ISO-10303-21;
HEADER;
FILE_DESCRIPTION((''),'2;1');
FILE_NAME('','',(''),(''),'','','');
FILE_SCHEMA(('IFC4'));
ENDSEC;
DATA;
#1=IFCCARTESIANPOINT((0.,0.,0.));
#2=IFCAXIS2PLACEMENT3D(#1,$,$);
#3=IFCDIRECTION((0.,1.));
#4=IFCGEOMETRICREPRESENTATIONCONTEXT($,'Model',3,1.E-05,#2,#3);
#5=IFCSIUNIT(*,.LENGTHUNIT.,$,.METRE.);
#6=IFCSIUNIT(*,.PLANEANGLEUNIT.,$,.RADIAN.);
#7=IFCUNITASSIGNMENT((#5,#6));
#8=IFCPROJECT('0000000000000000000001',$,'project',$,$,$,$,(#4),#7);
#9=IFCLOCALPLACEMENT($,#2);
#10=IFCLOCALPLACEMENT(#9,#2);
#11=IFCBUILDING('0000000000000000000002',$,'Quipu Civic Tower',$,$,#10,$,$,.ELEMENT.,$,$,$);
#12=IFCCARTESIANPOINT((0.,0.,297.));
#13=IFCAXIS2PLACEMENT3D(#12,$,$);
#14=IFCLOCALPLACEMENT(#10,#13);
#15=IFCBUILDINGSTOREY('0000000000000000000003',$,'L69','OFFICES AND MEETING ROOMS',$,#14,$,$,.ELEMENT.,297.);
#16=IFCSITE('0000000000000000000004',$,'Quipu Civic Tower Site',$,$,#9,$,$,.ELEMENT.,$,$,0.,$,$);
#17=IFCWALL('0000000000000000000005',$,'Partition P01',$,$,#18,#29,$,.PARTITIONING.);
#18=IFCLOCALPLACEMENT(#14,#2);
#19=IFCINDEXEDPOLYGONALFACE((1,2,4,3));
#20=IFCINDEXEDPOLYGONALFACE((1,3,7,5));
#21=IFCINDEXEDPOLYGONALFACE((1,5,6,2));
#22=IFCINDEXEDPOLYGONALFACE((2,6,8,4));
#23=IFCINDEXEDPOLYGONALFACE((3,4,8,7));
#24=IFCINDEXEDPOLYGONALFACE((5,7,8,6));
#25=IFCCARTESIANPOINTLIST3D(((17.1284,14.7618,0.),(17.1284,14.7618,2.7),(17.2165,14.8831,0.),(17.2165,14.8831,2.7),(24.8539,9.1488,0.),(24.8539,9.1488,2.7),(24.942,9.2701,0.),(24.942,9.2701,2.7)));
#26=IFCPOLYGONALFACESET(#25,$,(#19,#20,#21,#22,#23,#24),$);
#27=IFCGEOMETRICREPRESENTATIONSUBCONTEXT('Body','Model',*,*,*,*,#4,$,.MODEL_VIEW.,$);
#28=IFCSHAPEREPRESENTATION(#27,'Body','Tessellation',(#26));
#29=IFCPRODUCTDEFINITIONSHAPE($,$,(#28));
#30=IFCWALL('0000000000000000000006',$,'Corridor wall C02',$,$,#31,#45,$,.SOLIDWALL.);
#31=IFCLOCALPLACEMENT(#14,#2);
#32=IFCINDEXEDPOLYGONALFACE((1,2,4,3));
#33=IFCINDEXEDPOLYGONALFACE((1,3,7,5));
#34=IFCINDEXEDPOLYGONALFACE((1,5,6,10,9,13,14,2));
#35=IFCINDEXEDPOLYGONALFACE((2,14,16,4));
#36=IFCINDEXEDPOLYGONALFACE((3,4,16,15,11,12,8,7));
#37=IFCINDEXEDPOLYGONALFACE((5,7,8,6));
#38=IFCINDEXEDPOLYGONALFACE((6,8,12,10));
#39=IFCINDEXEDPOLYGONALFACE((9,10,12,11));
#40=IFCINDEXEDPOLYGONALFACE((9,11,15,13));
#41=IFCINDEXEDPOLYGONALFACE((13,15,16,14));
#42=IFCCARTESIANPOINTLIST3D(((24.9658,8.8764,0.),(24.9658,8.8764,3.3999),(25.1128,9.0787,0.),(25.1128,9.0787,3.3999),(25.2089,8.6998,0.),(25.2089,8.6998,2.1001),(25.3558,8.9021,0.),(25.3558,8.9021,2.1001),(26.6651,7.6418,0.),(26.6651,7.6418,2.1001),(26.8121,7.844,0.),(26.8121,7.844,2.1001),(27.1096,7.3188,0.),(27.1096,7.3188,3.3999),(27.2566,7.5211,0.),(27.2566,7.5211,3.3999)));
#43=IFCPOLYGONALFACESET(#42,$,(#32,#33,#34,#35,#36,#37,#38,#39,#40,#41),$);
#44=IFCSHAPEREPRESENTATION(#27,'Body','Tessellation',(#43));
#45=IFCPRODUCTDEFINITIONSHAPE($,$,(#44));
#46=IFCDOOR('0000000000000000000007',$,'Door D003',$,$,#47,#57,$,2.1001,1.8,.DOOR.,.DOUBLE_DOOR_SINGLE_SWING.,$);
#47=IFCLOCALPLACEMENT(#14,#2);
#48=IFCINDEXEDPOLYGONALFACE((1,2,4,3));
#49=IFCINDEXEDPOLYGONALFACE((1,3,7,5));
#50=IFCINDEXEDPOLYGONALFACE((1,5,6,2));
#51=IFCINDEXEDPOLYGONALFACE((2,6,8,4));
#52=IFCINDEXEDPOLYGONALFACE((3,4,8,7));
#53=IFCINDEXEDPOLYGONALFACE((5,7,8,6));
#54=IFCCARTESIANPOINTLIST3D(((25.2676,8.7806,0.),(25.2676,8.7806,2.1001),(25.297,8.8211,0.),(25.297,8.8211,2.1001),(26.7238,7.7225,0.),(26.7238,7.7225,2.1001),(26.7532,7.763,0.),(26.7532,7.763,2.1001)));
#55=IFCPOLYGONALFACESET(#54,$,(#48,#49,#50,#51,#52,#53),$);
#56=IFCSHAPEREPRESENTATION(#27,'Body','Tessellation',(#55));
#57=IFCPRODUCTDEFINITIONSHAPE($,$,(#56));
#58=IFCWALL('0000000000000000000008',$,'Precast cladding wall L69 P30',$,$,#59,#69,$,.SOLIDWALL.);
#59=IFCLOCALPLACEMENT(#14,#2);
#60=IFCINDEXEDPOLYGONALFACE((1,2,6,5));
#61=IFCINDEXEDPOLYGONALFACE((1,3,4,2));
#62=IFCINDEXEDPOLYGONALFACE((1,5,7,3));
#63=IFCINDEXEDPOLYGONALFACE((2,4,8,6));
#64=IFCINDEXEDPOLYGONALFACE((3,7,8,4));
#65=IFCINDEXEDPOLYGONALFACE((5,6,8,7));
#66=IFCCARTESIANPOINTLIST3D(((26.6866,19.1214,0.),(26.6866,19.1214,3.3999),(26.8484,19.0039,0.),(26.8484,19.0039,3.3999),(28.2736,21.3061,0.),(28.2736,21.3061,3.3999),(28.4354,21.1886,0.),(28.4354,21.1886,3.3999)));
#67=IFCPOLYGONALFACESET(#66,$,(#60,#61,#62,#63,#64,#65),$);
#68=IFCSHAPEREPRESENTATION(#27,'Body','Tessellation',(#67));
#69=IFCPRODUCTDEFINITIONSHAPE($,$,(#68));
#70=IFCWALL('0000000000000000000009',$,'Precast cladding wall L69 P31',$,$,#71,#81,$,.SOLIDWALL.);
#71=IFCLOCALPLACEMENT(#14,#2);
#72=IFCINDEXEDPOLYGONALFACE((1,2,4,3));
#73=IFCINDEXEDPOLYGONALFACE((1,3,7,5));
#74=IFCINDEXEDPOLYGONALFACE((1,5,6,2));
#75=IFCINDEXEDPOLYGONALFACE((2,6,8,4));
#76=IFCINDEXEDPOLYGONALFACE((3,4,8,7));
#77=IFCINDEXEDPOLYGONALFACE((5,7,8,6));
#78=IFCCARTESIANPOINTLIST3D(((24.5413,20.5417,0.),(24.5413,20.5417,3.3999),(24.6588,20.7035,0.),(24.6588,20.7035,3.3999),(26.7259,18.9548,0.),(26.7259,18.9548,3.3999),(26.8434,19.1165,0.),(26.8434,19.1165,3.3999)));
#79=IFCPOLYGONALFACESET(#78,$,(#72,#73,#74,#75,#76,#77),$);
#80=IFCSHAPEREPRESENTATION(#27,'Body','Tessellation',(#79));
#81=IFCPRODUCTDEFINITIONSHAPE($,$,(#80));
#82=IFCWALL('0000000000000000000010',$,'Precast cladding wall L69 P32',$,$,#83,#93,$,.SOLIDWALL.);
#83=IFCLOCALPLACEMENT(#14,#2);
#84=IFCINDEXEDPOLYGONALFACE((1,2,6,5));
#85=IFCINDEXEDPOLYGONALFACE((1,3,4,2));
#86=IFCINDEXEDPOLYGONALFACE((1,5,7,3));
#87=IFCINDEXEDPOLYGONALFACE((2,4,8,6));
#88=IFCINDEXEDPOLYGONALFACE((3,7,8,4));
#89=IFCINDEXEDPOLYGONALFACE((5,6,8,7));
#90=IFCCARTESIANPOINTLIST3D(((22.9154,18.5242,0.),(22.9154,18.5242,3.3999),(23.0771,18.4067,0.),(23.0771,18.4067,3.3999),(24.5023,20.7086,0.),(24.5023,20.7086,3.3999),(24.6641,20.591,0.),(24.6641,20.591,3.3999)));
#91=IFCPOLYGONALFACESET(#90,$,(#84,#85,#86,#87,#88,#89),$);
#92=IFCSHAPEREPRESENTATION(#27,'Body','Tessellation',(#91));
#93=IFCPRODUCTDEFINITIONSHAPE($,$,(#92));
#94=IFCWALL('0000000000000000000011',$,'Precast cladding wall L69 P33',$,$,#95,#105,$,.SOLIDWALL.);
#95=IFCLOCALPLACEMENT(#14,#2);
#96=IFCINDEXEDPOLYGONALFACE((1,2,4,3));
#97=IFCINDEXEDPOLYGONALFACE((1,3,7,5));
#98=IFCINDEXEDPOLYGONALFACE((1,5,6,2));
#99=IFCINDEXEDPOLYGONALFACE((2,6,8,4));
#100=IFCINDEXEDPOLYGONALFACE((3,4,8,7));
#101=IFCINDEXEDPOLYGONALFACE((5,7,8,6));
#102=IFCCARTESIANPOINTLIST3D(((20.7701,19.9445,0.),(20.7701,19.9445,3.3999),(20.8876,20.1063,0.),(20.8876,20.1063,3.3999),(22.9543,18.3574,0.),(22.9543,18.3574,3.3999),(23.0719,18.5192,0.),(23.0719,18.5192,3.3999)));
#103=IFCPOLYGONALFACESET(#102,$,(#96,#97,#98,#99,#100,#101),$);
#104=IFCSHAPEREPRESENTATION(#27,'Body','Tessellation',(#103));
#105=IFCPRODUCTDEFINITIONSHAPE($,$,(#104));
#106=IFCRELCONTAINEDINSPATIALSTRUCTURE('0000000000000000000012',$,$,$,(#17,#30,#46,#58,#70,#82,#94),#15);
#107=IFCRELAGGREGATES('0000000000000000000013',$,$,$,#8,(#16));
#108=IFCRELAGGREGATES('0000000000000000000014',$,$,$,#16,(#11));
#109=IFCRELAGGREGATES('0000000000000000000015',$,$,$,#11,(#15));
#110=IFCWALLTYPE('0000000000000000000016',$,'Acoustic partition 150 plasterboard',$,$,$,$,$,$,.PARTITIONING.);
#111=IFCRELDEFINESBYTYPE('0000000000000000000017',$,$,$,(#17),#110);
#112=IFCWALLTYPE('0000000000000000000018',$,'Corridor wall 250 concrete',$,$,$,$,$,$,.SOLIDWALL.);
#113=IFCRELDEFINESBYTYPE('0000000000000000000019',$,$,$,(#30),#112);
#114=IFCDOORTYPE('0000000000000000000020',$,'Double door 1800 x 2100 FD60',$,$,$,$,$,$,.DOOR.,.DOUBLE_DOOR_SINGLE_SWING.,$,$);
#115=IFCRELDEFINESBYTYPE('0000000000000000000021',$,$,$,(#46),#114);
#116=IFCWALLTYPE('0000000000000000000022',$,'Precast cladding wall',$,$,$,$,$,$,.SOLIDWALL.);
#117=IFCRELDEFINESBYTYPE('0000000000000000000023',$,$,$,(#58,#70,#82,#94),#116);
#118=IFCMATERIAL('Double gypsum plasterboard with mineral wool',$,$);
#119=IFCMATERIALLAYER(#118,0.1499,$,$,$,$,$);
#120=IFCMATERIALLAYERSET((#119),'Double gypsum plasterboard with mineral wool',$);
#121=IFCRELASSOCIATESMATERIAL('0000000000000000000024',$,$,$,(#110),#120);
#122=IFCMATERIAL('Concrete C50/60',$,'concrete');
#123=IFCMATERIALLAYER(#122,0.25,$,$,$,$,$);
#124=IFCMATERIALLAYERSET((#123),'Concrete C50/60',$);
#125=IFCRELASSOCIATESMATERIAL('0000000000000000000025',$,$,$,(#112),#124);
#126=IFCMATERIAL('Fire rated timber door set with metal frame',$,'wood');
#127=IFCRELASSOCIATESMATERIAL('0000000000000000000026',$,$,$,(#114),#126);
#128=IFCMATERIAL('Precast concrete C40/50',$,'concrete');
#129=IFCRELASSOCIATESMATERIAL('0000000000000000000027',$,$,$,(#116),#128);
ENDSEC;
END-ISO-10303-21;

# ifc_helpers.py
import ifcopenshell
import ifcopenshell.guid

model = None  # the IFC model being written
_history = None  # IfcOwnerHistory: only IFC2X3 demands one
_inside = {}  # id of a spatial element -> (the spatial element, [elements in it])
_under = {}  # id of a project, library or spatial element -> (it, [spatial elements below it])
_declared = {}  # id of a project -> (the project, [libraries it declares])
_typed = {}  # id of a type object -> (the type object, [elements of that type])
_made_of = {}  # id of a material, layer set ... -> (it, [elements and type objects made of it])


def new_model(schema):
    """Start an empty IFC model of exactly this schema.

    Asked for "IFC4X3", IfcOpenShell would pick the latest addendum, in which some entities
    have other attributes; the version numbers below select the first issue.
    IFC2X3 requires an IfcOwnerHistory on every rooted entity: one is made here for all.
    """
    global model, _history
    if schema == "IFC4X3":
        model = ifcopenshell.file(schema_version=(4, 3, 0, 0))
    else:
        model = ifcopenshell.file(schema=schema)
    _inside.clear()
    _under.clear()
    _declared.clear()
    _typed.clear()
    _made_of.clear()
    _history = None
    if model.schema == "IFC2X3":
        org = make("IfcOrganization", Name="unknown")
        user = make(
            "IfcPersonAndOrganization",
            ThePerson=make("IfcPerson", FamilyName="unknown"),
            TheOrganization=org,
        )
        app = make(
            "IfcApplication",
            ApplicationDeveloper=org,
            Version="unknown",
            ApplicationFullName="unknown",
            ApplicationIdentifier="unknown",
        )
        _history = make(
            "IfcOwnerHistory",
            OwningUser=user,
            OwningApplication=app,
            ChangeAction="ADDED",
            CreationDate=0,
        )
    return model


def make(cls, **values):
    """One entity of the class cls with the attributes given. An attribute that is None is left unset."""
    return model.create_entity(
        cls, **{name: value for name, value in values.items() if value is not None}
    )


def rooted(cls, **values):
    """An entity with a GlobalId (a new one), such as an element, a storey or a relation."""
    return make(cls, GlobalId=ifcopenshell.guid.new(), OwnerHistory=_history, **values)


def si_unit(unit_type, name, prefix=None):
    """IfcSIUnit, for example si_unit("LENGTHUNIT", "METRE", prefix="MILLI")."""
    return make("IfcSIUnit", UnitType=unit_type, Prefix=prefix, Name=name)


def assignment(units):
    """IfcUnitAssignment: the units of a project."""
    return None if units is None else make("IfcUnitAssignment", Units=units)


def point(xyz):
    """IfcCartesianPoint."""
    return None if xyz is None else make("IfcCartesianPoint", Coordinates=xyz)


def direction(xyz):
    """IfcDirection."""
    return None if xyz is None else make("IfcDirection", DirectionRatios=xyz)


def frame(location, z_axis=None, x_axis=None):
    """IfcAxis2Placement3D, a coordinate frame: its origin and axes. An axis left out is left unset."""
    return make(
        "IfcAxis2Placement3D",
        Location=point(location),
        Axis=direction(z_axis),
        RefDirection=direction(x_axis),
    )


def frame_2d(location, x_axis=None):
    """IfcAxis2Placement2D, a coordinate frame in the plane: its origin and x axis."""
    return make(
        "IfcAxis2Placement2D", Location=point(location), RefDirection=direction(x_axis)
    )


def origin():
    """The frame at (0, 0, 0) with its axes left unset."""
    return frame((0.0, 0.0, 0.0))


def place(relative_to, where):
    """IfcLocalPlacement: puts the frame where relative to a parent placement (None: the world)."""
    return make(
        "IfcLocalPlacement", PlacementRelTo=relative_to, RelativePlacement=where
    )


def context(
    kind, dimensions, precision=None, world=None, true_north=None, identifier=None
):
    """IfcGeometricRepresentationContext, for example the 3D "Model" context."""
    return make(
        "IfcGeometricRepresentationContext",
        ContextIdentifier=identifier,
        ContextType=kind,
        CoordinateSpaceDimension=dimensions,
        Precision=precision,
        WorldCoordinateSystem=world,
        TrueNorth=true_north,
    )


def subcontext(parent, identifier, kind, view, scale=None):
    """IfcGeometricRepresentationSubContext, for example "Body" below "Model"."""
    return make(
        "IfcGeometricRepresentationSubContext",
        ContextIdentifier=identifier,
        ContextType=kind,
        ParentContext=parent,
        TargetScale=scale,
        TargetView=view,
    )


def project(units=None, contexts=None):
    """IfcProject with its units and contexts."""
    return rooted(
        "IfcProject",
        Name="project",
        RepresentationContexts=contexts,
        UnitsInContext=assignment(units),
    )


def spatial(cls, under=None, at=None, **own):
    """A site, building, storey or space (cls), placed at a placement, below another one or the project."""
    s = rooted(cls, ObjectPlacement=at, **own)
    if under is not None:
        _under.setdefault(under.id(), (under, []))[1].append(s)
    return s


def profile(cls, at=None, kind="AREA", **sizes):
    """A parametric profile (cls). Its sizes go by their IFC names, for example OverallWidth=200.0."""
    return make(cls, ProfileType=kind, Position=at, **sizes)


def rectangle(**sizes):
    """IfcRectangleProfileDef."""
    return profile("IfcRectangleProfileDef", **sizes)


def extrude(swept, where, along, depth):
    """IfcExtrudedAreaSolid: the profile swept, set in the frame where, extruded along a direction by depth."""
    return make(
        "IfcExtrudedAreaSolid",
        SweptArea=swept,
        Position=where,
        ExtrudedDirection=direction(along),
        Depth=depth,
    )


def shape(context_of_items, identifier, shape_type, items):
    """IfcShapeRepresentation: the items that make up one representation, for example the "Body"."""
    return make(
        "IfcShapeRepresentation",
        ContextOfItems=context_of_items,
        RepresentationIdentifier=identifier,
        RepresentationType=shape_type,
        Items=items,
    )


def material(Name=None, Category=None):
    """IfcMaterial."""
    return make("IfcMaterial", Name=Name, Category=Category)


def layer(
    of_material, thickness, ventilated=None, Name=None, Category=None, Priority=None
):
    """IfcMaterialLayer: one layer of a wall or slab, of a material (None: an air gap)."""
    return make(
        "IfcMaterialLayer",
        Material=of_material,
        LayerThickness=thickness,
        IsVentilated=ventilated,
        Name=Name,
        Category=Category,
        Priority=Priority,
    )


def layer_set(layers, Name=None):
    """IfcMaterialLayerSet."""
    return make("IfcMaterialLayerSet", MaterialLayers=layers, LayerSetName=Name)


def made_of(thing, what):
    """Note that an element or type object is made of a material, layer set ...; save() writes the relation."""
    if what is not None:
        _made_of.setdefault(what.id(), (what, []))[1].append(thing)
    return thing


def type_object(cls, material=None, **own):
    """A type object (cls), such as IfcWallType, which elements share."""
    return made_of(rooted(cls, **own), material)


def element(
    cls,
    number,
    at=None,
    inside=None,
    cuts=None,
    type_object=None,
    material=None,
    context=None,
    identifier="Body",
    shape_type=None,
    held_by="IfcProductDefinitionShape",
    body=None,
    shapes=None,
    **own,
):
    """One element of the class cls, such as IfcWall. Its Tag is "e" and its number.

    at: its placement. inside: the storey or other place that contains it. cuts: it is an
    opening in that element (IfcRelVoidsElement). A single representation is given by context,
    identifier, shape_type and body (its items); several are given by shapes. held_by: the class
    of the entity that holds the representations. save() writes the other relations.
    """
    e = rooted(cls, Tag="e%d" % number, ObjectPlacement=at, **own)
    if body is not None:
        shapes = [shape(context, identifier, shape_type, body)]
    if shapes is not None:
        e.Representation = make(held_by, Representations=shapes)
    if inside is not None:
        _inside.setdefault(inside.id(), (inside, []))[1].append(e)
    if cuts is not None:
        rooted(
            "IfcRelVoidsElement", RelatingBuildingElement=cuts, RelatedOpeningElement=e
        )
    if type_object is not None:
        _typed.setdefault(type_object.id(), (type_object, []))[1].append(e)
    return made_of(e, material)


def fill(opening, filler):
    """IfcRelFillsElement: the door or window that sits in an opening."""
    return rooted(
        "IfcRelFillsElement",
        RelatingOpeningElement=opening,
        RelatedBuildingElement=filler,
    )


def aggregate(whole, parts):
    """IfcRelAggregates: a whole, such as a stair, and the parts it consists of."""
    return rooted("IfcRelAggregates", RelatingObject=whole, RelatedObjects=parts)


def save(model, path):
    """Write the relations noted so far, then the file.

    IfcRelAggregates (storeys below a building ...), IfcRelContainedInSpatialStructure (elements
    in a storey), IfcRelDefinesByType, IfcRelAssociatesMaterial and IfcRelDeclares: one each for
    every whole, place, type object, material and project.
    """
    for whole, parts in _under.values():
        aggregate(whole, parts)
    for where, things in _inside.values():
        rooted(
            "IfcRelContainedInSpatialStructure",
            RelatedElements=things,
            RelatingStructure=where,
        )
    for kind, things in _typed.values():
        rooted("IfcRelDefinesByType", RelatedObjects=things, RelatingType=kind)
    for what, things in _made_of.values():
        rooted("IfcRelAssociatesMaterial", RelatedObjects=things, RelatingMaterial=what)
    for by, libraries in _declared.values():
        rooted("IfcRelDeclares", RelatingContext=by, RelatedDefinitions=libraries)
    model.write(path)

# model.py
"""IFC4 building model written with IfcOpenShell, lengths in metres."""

from ifc_helpers import new_model, si_unit, direction, frame, frame_2d, origin, place, context, subcontext, project, spatial, rectangle, extrude, material, layer, layer_set, type_object, element, fill, save


model = new_model("IFC4")

# Units and contexts
model_context = context("Model", 3, precision=1e-05, world=origin(), true_north=direction((0.0, 1.0)))
body_context = subcontext(model_context, "Body", "Model", "MODEL_VIEW")
ifc_project = project(units=[si_unit("LENGTHUNIT", "METRE"), si_unit("PLANEANGLEUNIT", "RADIAN")], contexts=[model_context])

# Site, building, storey
site_placement = place(None, origin())
site = spatial("IfcSite", under=ifc_project, at=site_placement, Name="Quipu Civic Tower Site", CompositionType="ELEMENT", RefElevation=0.0)
building_placement = place(site_placement, origin())
building = spatial("IfcBuilding", under=site, at=building_placement, Name="Quipu Civic Tower", CompositionType="ELEMENT")
storey_placement = place(building_placement, frame((0.0, 0.0, 297.0)))
storey = spatial("IfcBuildingStorey", under=building, at=storey_placement, Name="L69", Description="OFFICES AND MEETING ROOMS", CompositionType="ELEMENT", Elevation=297.0)

# Wall
ifc_material_1 = material(Name="Double gypsum plasterboard with mineral wool")
ifc_layer_1 = layer(ifc_material_1, 0.1499)
ifc_layer_set_1 = layer_set([ifc_layer_1], Name="Double gypsum plasterboard with mineral wool")
wall_type_1 = type_object("IfcWallType", Name="Acoustic partition 150 plasterboard", PredefinedType="PARTITIONING", material=ifc_layer_set_1)
wall_1_placement = place(storey_placement, frame((24.8979, 9.2095, 0.0), z_axis=(0.0, 0.0, 1.0), x_axis=(-0.809013, 0.58779, 0.0)))
element("IfcWall", 1, at=wall_1_placement, inside=storey, type_object=wall_type_1, Name="Partition P01", PredefinedType="PARTITIONING", context=body_context, shape_type="SweptSolid", body=[
    extrude(rectangle(XDim=9.5493, YDim=0.1499, at=frame_2d((4.7747, 0.0))), origin(), (0.0, 0.0, 1.0), 2.7),
])

# Wall, opening, door
ifc_material_2 = material(Name="Concrete C50/60", Category="concrete")
ifc_layer_2 = layer(ifc_material_2, 0.25)
ifc_layer_set_2 = layer_set([ifc_layer_2], Name="Concrete C50/60")
wall_type_2 = type_object("IfcWallType", Name="Corridor wall 250 concrete", PredefinedType="SOLIDWALL", material=ifc_layer_set_2)
wall_2_placement = place(storey_placement, frame((25.0393, 8.9775, 0.0), z_axis=(0.0, 0.0, 1.0), x_axis=(0.809007, -0.587799, 0.0)))
wall_2 = element("IfcWall", 2, at=wall_2_placement, inside=storey, type_object=wall_type_2, Name="Corridor wall C02", PredefinedType="SOLIDWALL", context=body_context, shape_type="SweptSolid", body=[
    extrude(rectangle(XDim=2.6499, YDim=0.25, at=frame_2d((1.325, 0.0))), origin(), (0.0, 0.0, 1.0), 3.3999),
])
opening_placement = place(wall_2_placement, frame((0.3005, 0.0, 0.0)))
opening = element("IfcOpeningElement", 3, at=opening_placement, cuts=wall_2, PredefinedType="OPENING", context=body_context, shape_type="SweptSolid", body=[
    extrude(rectangle(XDim=1.8, YDim=2.1001, at=frame_2d((0.8999, 1.05))), frame((0.0, 0.135, 0.0), z_axis=(0.0, -1.0, 0.0), x_axis=(1.0, 0.0, 0.0)), (0.0, 0.0, 1.0), 0.27),
])
ifc_material_3 = material(Name="Fire rated timber door set with metal frame", Category="wood")
door_type = type_object("IfcDoorType", Name="Double door 1800 x 2100 FD60", OperationType="DOUBLE_DOOR_SINGLE_SWING", PredefinedType="DOOR", material=ifc_material_3)
door_placement = place(opening_placement, origin())
door = element("IfcDoor", 4, at=door_placement, inside=storey, type_object=door_type, Name="Door D003", OperationType="DOUBLE_DOOR_SINGLE_SWING", OverallHeight=2.1001, OverallWidth=1.8, PredefinedType="DOOR", context=body_context, shape_type="SweptSolid", body=[
    extrude(rectangle(XDim=1.8, YDim=2.1001, at=frame_2d((0.8999, 1.05))), frame((0.0, 0.0249, 0.0), z_axis=(0.0, -1.0, 0.0), x_axis=(1.0, 0.0, 0.0)), (0.0, 0.0, 1.0), 0.05),
])
fill(opening, door)

# Walls
ifc_material_4 = material(Name="Precast concrete C40/50", Category="concrete")
wall_type_3 = type_object("IfcWallType", Name="Precast cladding wall", PredefinedType="SOLIDWALL", material=ifc_material_4)
for number, where, z_axis, x_axis, name in (
    (5, (28.3545, 21.2473, 0.0), (0.0, 0.0, 1.0), (-0.58772, -0.809064, 0.0), "Precast cladding wall L69 P30"),
    (6, (26.7847, 19.0356, 0.0), (0.0, 0.0, 1.0), (-0.809064, 0.58772, 0.0), "Precast cladding wall L69 P31"),
):
    element("IfcWall", number, at=place(storey_placement, frame(where, z_axis=z_axis, x_axis=x_axis)), inside=storey, type_object=wall_type_3, Name=name, PredefinedType="SOLIDWALL", context=body_context, shape_type="SweptSolid", body=[
        extrude(rectangle(XDim=2.7002, YDim=0.2, at=frame_2d((1.3501, 0.0))), origin(), (0.0, 0.0, 1.0), 3.3999),
    ])
for number, where, z_axis, x_axis, name in (
    (7, (24.5833, 20.6499, 0.0), (0.0, 0.0, 1.0), (-0.587763, -0.809033, 0.0), "Precast cladding wall L69 P32"),
    (8, (23.0132, 18.4382, 0.0), (0.0, 0.0, 1.0), (-0.80899, 0.587822, 0.0), "Precast cladding wall L69 P33"),
):
    element("IfcWall", number, at=place(storey_placement, frame(where, z_axis=z_axis, x_axis=x_axis)), inside=storey, type_object=wall_type_3, Name=name, PredefinedType="SOLIDWALL", context=body_context, shape_type="SweptSolid", body=[
        extrude(rectangle(XDim=2.7, YDim=0.2, at=frame_2d((1.3501, 0.0))), origin(), (0.0, 0.0, 1.0), 3.3999),
    ])

save(model, "model.ifc")
